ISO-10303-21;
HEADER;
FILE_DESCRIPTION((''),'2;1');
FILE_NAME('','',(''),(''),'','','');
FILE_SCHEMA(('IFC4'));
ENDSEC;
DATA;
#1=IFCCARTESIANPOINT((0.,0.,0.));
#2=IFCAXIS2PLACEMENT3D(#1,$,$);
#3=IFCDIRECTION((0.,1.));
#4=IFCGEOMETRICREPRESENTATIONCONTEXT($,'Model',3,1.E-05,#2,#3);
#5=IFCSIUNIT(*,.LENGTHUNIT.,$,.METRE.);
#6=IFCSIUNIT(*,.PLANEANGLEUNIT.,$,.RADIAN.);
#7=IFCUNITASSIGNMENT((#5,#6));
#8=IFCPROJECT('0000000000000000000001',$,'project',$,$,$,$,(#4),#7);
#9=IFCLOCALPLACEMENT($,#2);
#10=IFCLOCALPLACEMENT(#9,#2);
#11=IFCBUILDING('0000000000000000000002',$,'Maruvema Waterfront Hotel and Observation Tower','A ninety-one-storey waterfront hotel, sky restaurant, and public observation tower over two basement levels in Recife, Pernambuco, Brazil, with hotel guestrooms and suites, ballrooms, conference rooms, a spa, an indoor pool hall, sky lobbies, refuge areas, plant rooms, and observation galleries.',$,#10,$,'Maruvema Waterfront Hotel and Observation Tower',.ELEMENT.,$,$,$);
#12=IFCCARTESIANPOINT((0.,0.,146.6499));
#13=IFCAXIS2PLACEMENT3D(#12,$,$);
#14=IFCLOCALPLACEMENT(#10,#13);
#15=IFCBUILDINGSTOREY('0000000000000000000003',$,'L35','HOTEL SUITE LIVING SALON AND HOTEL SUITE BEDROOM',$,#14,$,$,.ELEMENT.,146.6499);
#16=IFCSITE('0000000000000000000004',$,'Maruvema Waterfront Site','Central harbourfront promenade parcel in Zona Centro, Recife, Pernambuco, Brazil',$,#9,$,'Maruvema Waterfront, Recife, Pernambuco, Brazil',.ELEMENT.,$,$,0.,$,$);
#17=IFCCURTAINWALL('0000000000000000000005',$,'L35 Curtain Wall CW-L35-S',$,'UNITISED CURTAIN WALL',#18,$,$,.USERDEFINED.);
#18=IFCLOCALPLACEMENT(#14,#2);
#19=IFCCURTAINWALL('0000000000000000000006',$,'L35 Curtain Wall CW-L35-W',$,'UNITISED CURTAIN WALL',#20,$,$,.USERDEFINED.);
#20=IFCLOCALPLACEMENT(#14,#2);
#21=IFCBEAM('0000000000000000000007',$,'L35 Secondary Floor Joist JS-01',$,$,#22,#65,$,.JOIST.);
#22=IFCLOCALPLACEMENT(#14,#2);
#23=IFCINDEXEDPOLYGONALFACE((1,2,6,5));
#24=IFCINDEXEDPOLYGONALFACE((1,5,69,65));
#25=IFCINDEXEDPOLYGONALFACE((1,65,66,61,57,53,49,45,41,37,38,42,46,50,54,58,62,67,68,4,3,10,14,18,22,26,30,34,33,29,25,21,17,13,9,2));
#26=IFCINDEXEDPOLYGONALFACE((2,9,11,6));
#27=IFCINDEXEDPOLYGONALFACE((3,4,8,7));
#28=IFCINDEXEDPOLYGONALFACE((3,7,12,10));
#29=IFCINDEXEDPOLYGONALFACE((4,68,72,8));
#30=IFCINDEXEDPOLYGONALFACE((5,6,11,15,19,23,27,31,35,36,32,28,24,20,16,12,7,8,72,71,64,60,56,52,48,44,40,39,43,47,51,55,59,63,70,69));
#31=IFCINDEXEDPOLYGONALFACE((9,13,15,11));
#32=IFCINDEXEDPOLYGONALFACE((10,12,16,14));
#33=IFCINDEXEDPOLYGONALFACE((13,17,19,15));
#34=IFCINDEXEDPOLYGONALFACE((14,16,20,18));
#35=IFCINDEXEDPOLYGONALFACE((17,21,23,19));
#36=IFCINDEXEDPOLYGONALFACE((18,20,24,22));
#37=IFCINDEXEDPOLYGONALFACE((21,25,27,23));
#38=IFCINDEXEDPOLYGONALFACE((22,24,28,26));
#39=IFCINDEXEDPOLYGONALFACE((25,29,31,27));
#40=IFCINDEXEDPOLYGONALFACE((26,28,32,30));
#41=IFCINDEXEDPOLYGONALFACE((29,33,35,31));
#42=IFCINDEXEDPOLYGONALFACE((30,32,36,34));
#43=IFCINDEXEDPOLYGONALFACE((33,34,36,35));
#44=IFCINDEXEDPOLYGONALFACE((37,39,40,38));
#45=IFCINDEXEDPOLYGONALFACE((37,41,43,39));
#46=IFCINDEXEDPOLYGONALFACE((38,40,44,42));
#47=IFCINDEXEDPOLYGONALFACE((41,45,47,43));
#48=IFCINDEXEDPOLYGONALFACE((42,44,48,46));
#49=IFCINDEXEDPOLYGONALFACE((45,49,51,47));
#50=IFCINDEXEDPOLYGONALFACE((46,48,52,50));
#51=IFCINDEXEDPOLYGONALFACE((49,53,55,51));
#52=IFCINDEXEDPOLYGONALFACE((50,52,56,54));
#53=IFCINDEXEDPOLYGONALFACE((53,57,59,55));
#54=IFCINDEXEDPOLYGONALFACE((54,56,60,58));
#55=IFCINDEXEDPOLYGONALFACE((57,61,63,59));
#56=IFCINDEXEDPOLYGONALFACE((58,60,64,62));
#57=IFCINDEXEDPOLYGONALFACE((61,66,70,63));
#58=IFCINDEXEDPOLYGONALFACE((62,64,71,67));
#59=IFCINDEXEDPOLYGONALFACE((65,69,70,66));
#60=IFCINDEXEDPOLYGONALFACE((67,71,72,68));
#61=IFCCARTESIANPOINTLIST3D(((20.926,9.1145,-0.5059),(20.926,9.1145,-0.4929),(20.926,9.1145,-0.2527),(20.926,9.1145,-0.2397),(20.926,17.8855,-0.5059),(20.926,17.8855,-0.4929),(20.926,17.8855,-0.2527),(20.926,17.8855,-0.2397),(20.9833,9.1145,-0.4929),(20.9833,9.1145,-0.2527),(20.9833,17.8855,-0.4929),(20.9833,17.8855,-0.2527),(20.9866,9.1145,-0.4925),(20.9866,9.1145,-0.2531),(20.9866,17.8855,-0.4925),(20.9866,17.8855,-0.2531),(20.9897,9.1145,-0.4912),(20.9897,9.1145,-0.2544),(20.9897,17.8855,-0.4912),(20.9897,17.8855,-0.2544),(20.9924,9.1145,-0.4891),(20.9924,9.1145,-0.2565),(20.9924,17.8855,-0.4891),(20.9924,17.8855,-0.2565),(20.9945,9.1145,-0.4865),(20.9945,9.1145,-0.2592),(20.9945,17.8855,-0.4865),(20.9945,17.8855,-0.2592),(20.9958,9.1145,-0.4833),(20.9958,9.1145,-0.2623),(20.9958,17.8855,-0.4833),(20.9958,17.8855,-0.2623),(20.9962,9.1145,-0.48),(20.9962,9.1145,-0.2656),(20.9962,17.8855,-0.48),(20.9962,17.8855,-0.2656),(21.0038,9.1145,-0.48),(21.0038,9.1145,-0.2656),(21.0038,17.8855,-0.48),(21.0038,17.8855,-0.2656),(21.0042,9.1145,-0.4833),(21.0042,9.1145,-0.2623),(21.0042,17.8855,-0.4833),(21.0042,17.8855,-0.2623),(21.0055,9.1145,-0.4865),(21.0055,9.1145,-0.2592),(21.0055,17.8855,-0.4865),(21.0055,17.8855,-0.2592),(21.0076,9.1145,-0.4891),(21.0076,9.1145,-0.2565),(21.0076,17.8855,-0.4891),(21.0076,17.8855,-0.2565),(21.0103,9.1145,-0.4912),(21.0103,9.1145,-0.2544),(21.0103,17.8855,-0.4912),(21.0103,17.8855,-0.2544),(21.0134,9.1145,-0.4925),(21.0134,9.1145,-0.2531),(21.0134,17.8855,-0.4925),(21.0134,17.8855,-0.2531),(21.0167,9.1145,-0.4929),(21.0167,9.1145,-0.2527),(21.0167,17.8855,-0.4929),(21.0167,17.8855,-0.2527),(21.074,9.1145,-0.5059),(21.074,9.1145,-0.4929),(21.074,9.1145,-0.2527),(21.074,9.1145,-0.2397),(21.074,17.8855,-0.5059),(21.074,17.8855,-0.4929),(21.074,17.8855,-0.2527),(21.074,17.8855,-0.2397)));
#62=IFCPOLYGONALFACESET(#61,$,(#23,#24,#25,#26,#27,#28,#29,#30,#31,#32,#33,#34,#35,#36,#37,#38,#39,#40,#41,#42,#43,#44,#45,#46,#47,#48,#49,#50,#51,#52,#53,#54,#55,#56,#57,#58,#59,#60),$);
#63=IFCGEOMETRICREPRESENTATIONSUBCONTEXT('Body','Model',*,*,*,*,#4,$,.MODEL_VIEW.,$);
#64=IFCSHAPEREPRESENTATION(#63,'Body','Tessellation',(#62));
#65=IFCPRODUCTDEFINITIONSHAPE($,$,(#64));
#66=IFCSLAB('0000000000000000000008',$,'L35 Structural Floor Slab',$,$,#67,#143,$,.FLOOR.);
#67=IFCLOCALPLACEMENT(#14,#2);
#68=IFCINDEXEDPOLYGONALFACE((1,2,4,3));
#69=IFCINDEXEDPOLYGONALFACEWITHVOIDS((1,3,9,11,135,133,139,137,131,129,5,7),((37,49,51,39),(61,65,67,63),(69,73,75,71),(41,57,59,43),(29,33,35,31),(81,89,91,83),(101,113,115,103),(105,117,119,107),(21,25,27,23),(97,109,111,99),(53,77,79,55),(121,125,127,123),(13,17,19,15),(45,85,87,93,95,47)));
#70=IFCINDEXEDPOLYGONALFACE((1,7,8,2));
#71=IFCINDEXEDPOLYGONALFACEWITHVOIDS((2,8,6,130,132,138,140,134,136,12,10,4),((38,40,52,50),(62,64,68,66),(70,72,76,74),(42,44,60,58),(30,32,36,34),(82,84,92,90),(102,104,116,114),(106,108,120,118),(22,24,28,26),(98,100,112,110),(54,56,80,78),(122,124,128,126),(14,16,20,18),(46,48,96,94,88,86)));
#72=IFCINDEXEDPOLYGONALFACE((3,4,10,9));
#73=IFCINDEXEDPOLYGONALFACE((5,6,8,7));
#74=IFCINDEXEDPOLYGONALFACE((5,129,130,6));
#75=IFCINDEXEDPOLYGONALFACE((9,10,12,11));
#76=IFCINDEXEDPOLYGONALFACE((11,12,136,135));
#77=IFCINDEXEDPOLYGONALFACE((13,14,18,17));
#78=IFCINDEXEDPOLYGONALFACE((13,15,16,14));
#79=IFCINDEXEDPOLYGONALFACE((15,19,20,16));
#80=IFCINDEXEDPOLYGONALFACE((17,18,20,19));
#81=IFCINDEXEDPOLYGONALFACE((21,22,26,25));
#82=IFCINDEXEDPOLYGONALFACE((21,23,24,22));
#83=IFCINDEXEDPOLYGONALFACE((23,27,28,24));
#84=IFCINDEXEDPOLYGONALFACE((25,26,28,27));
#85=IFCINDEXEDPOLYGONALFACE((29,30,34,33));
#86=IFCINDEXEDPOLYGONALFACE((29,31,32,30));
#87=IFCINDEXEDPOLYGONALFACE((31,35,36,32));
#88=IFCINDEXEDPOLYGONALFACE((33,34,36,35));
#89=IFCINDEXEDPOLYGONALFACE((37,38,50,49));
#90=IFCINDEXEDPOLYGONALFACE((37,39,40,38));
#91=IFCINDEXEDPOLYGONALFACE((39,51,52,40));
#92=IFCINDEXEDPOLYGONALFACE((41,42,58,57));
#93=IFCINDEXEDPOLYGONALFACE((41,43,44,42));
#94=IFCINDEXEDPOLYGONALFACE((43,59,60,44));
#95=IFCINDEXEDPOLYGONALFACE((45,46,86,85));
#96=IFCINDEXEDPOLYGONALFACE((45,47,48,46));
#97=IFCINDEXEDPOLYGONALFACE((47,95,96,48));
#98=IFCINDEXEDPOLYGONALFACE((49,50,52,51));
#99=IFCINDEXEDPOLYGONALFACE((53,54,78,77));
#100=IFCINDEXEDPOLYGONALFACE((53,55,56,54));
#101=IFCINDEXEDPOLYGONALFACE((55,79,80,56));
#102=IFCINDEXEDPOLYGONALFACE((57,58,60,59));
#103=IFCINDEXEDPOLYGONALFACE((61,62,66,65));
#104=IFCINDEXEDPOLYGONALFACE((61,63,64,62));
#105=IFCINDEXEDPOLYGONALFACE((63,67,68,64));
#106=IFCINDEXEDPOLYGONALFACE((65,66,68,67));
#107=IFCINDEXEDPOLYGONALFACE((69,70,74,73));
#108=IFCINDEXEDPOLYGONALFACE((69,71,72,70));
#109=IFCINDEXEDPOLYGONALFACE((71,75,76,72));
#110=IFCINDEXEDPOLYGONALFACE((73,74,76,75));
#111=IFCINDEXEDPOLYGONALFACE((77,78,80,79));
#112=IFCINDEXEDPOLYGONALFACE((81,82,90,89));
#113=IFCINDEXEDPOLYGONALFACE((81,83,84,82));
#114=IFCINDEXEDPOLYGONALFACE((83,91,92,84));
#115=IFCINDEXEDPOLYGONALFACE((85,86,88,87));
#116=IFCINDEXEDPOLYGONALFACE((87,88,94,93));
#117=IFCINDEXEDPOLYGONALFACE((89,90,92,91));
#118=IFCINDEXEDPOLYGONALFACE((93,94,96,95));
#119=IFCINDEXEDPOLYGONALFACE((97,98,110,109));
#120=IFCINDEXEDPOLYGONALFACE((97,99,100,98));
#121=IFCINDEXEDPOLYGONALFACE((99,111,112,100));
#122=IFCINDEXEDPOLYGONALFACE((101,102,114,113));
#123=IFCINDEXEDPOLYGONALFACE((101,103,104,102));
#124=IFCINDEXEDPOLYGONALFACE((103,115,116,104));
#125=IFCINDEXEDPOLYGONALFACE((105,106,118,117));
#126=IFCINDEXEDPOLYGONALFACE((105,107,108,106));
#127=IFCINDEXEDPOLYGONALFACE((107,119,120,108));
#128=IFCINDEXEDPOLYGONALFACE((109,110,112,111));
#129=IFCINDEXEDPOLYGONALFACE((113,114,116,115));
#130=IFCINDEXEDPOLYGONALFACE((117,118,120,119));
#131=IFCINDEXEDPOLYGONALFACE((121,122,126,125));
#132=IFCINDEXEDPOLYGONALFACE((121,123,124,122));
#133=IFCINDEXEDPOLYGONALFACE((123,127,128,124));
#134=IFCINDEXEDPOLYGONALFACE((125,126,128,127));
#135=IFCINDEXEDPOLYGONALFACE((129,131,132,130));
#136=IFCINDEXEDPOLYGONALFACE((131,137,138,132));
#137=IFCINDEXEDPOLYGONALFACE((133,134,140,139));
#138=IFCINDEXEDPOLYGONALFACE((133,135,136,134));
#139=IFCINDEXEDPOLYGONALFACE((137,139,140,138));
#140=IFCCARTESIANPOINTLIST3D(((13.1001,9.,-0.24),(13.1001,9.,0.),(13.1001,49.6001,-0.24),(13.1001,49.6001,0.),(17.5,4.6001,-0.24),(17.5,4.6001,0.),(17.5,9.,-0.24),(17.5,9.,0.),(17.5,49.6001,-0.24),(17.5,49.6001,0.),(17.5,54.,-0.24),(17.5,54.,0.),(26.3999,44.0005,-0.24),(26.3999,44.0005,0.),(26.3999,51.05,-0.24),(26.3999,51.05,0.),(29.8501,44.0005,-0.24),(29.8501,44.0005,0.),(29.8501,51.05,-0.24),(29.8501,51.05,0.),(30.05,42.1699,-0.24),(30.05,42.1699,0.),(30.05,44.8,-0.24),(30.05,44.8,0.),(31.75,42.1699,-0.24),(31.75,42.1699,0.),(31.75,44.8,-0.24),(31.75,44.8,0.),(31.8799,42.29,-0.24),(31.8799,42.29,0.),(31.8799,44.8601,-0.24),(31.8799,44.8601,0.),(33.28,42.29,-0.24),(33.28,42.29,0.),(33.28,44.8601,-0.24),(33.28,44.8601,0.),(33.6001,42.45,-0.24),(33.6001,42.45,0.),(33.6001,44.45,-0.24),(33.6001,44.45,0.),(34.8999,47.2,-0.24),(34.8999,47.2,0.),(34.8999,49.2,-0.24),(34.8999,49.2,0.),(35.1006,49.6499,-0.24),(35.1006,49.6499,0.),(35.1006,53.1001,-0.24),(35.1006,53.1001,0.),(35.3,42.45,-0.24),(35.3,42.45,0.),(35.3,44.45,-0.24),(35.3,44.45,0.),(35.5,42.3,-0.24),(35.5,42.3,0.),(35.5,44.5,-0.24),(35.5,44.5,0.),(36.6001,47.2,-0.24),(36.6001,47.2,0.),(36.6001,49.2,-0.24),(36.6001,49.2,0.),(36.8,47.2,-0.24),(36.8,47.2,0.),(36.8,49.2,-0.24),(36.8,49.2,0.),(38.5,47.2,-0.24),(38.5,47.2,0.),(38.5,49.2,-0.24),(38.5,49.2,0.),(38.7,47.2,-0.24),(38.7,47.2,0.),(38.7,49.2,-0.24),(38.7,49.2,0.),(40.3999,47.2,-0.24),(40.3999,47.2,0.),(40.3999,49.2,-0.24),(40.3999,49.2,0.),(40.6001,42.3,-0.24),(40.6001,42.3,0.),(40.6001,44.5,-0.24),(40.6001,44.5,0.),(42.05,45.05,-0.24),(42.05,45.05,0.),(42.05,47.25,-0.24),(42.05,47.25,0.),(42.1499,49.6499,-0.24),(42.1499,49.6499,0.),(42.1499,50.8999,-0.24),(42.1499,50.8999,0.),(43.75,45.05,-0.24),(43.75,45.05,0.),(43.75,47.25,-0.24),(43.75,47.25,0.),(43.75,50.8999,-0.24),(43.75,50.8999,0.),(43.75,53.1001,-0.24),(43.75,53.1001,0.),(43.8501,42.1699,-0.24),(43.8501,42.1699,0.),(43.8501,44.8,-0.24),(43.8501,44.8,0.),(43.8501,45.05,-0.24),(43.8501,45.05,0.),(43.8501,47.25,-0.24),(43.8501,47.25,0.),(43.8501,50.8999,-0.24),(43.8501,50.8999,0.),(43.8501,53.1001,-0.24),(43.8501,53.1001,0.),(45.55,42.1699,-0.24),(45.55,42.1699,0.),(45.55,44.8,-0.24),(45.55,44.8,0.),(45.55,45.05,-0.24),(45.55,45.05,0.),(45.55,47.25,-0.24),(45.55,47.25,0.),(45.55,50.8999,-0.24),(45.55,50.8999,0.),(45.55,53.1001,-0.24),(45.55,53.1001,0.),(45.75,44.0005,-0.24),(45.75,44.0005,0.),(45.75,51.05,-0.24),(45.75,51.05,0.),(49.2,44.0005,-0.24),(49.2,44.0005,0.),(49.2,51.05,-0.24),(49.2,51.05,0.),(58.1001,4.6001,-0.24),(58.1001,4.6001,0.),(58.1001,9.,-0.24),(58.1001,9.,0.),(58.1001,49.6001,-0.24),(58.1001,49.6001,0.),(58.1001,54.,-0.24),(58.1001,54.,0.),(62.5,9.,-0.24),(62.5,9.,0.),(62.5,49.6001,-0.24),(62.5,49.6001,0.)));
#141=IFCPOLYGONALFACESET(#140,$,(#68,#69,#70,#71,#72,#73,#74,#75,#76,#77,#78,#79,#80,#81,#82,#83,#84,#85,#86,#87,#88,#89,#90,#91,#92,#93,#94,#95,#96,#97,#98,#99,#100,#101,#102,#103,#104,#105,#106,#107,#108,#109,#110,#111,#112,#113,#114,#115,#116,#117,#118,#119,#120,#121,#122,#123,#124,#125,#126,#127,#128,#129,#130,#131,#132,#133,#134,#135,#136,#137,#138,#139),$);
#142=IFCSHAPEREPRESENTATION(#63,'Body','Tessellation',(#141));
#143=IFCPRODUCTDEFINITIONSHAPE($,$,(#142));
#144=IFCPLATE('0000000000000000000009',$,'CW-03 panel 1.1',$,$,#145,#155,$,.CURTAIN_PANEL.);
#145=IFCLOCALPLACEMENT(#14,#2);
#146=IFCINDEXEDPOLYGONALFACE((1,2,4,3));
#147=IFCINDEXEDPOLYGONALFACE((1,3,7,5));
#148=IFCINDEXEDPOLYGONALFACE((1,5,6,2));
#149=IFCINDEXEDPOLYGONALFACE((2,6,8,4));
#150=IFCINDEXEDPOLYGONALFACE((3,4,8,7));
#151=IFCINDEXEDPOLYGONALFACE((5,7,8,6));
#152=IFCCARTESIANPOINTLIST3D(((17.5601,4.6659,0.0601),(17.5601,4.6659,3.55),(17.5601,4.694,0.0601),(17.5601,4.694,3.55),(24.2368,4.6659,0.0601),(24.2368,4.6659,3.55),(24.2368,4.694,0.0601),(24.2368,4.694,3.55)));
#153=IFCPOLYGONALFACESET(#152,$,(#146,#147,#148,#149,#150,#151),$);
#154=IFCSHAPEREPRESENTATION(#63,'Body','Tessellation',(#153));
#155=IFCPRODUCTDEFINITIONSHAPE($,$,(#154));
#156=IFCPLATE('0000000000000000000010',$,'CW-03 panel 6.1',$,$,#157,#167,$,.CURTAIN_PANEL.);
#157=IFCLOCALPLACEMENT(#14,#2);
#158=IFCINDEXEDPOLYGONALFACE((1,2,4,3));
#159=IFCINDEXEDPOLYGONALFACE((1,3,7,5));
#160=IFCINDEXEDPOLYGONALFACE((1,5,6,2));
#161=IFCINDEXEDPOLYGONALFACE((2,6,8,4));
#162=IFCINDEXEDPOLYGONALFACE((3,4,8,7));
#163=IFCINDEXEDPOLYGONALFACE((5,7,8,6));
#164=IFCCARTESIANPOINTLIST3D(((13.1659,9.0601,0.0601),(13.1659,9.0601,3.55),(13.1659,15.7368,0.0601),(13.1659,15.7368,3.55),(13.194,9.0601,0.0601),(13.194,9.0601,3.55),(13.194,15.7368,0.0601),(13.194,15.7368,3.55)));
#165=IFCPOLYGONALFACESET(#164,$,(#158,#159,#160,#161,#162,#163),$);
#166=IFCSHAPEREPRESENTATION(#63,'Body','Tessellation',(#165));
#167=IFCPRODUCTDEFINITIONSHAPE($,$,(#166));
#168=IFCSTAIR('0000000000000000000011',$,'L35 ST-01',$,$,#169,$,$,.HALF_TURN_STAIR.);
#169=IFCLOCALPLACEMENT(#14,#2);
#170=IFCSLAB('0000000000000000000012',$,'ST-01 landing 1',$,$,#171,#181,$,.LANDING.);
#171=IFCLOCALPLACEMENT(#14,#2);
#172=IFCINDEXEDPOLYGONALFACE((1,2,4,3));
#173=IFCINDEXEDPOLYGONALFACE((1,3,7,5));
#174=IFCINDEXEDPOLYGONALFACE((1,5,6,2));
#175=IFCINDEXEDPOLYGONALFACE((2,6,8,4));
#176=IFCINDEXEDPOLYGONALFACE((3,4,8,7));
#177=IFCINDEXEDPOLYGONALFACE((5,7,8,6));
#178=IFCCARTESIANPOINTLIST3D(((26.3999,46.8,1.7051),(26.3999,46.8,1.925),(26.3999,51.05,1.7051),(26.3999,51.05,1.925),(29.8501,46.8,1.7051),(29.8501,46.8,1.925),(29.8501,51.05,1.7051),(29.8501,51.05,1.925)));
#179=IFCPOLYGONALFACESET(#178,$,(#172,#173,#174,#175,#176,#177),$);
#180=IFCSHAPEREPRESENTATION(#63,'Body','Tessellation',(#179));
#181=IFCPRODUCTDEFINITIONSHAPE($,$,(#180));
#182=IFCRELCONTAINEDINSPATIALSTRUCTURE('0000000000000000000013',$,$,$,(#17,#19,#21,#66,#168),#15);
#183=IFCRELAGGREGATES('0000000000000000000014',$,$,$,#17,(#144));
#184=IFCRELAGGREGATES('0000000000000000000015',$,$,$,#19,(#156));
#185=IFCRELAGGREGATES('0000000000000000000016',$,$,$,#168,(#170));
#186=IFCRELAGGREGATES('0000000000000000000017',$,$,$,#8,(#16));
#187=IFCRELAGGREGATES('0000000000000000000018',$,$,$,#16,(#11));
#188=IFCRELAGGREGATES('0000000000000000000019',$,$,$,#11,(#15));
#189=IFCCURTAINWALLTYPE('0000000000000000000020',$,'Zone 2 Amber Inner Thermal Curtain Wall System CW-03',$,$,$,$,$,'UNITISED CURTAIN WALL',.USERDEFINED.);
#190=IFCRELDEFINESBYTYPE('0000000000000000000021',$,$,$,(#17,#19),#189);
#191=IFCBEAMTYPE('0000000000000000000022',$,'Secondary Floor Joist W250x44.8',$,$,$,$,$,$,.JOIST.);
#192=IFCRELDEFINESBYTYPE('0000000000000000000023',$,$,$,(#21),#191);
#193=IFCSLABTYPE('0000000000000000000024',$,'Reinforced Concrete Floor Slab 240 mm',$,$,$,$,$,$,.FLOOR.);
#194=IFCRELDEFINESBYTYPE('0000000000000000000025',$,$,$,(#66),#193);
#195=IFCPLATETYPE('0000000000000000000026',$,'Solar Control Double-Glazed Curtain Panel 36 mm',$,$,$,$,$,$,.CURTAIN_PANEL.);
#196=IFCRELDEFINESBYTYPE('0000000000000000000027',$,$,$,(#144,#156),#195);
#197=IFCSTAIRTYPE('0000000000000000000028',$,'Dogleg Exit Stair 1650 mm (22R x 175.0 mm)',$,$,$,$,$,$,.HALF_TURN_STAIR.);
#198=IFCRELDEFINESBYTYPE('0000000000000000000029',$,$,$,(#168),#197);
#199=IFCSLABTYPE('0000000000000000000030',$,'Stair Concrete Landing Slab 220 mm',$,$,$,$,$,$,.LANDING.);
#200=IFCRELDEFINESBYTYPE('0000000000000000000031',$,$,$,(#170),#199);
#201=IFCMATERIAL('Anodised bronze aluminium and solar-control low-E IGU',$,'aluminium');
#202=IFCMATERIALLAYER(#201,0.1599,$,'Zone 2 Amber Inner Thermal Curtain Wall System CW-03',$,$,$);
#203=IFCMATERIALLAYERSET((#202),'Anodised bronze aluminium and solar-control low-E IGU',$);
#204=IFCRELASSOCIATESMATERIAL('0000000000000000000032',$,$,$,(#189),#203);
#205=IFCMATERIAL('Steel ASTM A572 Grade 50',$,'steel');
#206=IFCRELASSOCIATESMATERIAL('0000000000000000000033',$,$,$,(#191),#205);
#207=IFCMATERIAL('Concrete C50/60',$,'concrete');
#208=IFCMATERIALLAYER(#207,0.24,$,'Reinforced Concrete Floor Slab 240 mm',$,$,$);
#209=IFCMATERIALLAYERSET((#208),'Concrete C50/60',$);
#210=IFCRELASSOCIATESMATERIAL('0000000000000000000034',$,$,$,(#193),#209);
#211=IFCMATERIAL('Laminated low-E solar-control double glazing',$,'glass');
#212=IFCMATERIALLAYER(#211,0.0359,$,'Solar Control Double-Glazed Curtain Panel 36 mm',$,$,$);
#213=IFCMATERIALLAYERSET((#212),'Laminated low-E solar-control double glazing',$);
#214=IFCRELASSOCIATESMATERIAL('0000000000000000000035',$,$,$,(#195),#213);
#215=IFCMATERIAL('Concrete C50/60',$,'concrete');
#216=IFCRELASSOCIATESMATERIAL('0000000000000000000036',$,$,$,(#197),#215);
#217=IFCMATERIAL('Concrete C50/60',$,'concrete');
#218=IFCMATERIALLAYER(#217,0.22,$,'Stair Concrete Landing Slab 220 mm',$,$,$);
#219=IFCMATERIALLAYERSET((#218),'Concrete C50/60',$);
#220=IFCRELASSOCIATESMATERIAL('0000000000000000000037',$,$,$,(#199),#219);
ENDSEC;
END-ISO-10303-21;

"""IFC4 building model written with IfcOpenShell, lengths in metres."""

from ifc_helpers import new_model, si_unit, direction, frame, origin, origin_2d, place, context, subcontext, project, spatial, polyline, rectangle, i_section, outline, extrude, material, layer, layer_set, material_profile, profile_set, type_object, element, aggregate, save


model = new_model("IFC4")

# Units and contexts
model_context = context("Model", 3, precision=1e-05, world=origin(), true_north=direction((0.0, 1.0)))
body_context = subcontext(model_context, "Body", "Model", "MODEL_VIEW")
ifc_project = project(units=[si_unit("LENGTHUNIT", "METRE"), si_unit("PLANEANGLEUNIT", "RADIAN")], contexts=[model_context])

# Site, building, storey
site_placement = place(None, origin())
site = spatial("IfcSite", under=ifc_project, at=site_placement, Name="Maruvema Waterfront Site", Description="Central harbourfront promenade parcel in Zona Centro, Recife, Pernambuco, Brazil", LongName="Maruvema Waterfront, Recife, Pernambuco, Brazil", CompositionType="ELEMENT", RefElevation=0.0)
building_placement = place(site_placement, origin())
building = spatial("IfcBuilding", under=site, at=building_placement, Name="Maruvema Waterfront Hotel and Observation Tower", Description="A ninety-one-storey waterfront hotel, sky restaurant, and public observation tower over two basement levels in Recife, Pernambuco, Brazil, with hotel guestrooms and suites, ballrooms, conference rooms, a spa, an indoor pool hall, sky lobbies, refuge areas, plant rooms, and observation galleries.", LongName="Maruvema Waterfront Hotel and Observation Tower", CompositionType="ELEMENT")
storey_placement = place(building_placement, frame((0.0, 0.0, 146.6499)))
storey = spatial("IfcBuildingStorey", under=building, at=storey_placement, Name="L35", Description="HOTEL SUITE LIVING SALON AND HOTEL SUITE BEDROOM", CompositionType="ELEMENT", Elevation=146.6499)

# Curtain walls
ifc_material_1 = material(Name="Anodised bronze aluminium and solar-control low-E IGU", Category="aluminium")
ifc_layer_1 = layer(ifc_material_1, 0.1599, Name="Zone 2 Amber Inner Thermal Curtain Wall System CW-03")
ifc_layer_set_1 = layer_set([ifc_layer_1], Name="Anodised bronze aluminium and solar-control low-E IGU")
curtain_wall_type = type_object("IfcCurtainWallType", Name="Zone 2 Amber Inner Thermal Curtain Wall System CW-03", ElementType="UNITISED CURTAIN WALL", PredefinedType="USERDEFINED", material=ifc_layer_set_1)
curtain_wall_1_placement = place(storey_placement, origin())
curtain_wall_1 = element("IfcCurtainWall", 1, at=curtain_wall_1_placement, inside=storey, type_object=curtain_wall_type, Name="L35 Curtain Wall CW-L35-S", ObjectType="UNITISED CURTAIN WALL", PredefinedType="USERDEFINED")
curtain_wall_2_placement = place(storey_placement, origin())
curtain_wall_2 = element("IfcCurtainWall", 2, at=curtain_wall_2_placement, inside=storey, type_object=curtain_wall_type, Name="L35 Curtain Wall CW-L35-W", ObjectType="UNITISED CURTAIN WALL", PredefinedType="USERDEFINED")

# Beam
ifc_material_2 = material(Name="Steel ASTM A572 Grade 50", Category="steel")
ifc_material_profile_1 = material_profile(ifc_material_2, i_section(OverallWidth=0.1479, OverallDepth=0.2661, WebThickness=0.0076, FlangeThickness=0.0129, FilletRadius=0.0129, at=origin_2d()), Name="W250x44.8")
ifc_profile_set_1 = profile_set([ifc_material_profile_1], Name="Steel ASTM A572 Grade 50")
beam_type_1 = type_object("IfcBeamType", Name="Secondary Floor Joist W250x44.8", PredefinedType="JOIST", material=ifc_profile_set_1)
beam_1_placement = place(storey_placement, frame((21.0, 9.1145, -0.3728), z_axis=(0.0, 1.0, 0.0), x_axis=(-1.0, 0.0, 0.0)))
element("IfcBeam", 3, at=beam_1_placement, inside=storey, type_object=beam_type_1, Name="L35 Secondary Floor Joist JS-01", PredefinedType="JOIST", context=body_context, shape_type="SweptSolid", body=[
    extrude(i_section(OverallWidth=0.1479, OverallDepth=0.2661, WebThickness=0.0076, FlangeThickness=0.0129, FilletRadius=0.0129, at=origin_2d()), origin(), (0.0, 0.0, 1.0), 8.771),
])

# Slab
ifc_material_3 = material(Name="Concrete C50/60", Category="concrete")
ifc_layer_2 = layer(ifc_material_3, 0.24, Name="Reinforced Concrete Floor Slab 240 mm")
ifc_layer_set_2 = layer_set([ifc_layer_2], Name="Concrete C50/60")
slab_type_1 = type_object("IfcSlabType", Name="Reinforced Concrete Floor Slab 240 mm", PredefinedType="FLOOR", material=ifc_layer_set_2)
slab_1_placement = place(storey_placement, frame((0.0, 0.0, -0.24)))
element("IfcSlab", 4, at=slab_1_placement, inside=storey, type_object=slab_type_1, Name="L35 Structural Floor Slab", PredefinedType="FLOOR", context=body_context, shape_type="SweptSolid", body=[
    extrude(outline(polyline([(17.5, 4.6001), (58.1001, 4.6001), (58.1001, 9.0), (62.5, 9.0), (62.5, 49.6001), (58.1001, 49.6001), (58.1001, 54.0), (17.5, 54.0), (17.5, 49.6001), (13.1001, 49.6001), (13.1001, 9.0), (17.5, 9.0), (17.5, 4.6001)]), holes=[polyline([(26.3999, 44.0005), (26.3999, 51.05), (29.8501, 51.05), (29.8501, 44.0005), (26.3999, 44.0005)]), polyline([(30.05, 44.8), (31.75, 44.8), (31.75, 42.1699), (30.05, 42.1699), (30.05, 44.8)]), polyline([(31.8799, 44.8601), (33.28, 44.8601), (33.28, 42.29), (31.8799, 42.29), (31.8799, 44.8601)]), polyline([(33.6001, 44.45), (35.3, 44.45), (35.3, 42.45), (33.6001, 42.45), (33.6001, 44.45)]), polyline([(34.8999, 49.2), (36.6001, 49.2), (36.6001, 47.2), (34.8999, 47.2), (34.8999, 49.2)]), polyline([(36.8, 49.2), (38.5, 49.2), (38.5, 47.2), (36.8, 47.2), (36.8, 49.2)]), polyline([(35.5, 42.3), (35.5, 44.5), (40.6001, 44.5), (40.6001, 42.3), (35.5, 42.3)]), polyline([(35.1006, 53.1001), (43.75, 53.1001), (43.75, 50.8999), (42.1499, 50.8999), (42.1499, 49.6499), (35.1006, 49.6499), (35.1006, 53.1001)]), polyline([(38.7, 49.2), (40.3999, 49.2), (40.3999, 47.2), (38.7, 47.2), (38.7, 49.2)]), polyline([(42.05, 47.25), (43.75, 47.25), (43.75, 45.05), (42.05, 45.05), (42.05, 47.25)]), polyline([(43.8501, 44.8), (45.55, 44.8), (45.55, 42.1699), (43.8501, 42.1699), (43.8501, 44.8)]), polyline([(43.8501, 47.25), (45.55, 47.25), (45.55, 45.05), (43.8501, 45.05), (43.8501, 47.25)]), polyline([(45.55, 53.1001), (45.55, 50.8999), (43.8501, 50.8999), (43.8501, 53.1001), (45.55, 53.1001)]), polyline([(45.75, 44.0005), (45.75, 51.05), (49.2, 51.05), (49.2, 44.0005), (45.75, 44.0005)])]), origin(), (0.0, 0.0, 1.0), 0.24),
])

# Plates
ifc_material_4 = material(Name="Laminated low-E solar-control double glazing", Category="glass")
ifc_layer_3 = layer(ifc_material_4, 0.0359, Name="Solar Control Double-Glazed Curtain Panel 36 mm")
ifc_layer_set_3 = layer_set([ifc_layer_3], Name="Laminated low-E solar-control double glazing")
plate_type = type_object("IfcPlateType", Name="Solar Control Double-Glazed Curtain Panel 36 mm", PredefinedType="CURTAIN_PANEL", material=ifc_layer_set_3)
plate_1_placement = place(storey_placement, frame((20.8984, 4.6799, 0.0601), z_axis=(0.0, 0.0, 1.0), x_axis=(1.0, 0.0, 0.0)))
plate_1 = element("IfcPlate", 5, at=plate_1_placement, type_object=plate_type, Name="CW-03 panel 1.1", PredefinedType="CURTAIN_PANEL", context=body_context, shape_type="SweptSolid", body=[
    extrude(rectangle(XDim=6.6768, YDim=0.0281, at=origin_2d()), origin(), (0.0, 0.0, 1.0), 3.49),
])
aggregate(curtain_wall_1, [plate_1])
plate_2_placement = place(storey_placement, frame((13.1799, 12.3984, 0.0601), z_axis=(0.0, 0.0, 1.0), x_axis=(0.0, -1.0, 0.0)))
plate_2 = element("IfcPlate", 6, at=plate_2_placement, type_object=plate_type, Name="CW-03 panel 6.1", PredefinedType="CURTAIN_PANEL", context=body_context, shape_type="SweptSolid", body=[
    extrude(rectangle(XDim=6.6768, YDim=0.0281, at=origin_2d()), origin(), (0.0, 0.0, 1.0), 3.49),
])
aggregate(curtain_wall_2, [plate_2])

# Stair, slab
ifc_material_5 = material(Name="Concrete C50/60", Category="concrete")
stair_type = type_object("IfcStairType", Name="Dogleg Exit Stair 1650 mm (22R x 175.0 mm)", PredefinedType="HALF_TURN_STAIR", material=ifc_material_5)
stair_1_placement = place(storey_placement, origin())
stair_1 = element("IfcStair", 7, at=stair_1_placement, inside=storey, type_object=stair_type, Name="L35 ST-01", PredefinedType="HALF_TURN_STAIR")
ifc_material_6 = material(Name="Concrete C50/60", Category="concrete")
ifc_layer_4 = layer(ifc_material_6, 0.22, Name="Stair Concrete Landing Slab 220 mm")
ifc_layer_set_4 = layer_set([ifc_layer_4], Name="Concrete C50/60")
slab_type_2 = type_object("IfcSlabType", Name="Stair Concrete Landing Slab 220 mm", PredefinedType="LANDING", material=ifc_layer_set_4)
slab_2_placement = place(storey_placement, frame((0.0, 0.0, 1.7051)))
slab_2 = element("IfcSlab", 8, at=slab_2_placement, type_object=slab_type_2, Name="ST-01 landing 1", PredefinedType="LANDING", context=body_context, shape_type="SweptSolid", body=[
    extrude(outline(polyline([(29.8501, 46.8), (29.8501, 51.05), (26.3999, 51.05), (26.3999, 46.8), (29.8501, 46.8)])), origin(), (0.0, 0.0, 1.0), 0.22),
])
aggregate(stair_1, [slab_2])

save(model, "model.ifc")
